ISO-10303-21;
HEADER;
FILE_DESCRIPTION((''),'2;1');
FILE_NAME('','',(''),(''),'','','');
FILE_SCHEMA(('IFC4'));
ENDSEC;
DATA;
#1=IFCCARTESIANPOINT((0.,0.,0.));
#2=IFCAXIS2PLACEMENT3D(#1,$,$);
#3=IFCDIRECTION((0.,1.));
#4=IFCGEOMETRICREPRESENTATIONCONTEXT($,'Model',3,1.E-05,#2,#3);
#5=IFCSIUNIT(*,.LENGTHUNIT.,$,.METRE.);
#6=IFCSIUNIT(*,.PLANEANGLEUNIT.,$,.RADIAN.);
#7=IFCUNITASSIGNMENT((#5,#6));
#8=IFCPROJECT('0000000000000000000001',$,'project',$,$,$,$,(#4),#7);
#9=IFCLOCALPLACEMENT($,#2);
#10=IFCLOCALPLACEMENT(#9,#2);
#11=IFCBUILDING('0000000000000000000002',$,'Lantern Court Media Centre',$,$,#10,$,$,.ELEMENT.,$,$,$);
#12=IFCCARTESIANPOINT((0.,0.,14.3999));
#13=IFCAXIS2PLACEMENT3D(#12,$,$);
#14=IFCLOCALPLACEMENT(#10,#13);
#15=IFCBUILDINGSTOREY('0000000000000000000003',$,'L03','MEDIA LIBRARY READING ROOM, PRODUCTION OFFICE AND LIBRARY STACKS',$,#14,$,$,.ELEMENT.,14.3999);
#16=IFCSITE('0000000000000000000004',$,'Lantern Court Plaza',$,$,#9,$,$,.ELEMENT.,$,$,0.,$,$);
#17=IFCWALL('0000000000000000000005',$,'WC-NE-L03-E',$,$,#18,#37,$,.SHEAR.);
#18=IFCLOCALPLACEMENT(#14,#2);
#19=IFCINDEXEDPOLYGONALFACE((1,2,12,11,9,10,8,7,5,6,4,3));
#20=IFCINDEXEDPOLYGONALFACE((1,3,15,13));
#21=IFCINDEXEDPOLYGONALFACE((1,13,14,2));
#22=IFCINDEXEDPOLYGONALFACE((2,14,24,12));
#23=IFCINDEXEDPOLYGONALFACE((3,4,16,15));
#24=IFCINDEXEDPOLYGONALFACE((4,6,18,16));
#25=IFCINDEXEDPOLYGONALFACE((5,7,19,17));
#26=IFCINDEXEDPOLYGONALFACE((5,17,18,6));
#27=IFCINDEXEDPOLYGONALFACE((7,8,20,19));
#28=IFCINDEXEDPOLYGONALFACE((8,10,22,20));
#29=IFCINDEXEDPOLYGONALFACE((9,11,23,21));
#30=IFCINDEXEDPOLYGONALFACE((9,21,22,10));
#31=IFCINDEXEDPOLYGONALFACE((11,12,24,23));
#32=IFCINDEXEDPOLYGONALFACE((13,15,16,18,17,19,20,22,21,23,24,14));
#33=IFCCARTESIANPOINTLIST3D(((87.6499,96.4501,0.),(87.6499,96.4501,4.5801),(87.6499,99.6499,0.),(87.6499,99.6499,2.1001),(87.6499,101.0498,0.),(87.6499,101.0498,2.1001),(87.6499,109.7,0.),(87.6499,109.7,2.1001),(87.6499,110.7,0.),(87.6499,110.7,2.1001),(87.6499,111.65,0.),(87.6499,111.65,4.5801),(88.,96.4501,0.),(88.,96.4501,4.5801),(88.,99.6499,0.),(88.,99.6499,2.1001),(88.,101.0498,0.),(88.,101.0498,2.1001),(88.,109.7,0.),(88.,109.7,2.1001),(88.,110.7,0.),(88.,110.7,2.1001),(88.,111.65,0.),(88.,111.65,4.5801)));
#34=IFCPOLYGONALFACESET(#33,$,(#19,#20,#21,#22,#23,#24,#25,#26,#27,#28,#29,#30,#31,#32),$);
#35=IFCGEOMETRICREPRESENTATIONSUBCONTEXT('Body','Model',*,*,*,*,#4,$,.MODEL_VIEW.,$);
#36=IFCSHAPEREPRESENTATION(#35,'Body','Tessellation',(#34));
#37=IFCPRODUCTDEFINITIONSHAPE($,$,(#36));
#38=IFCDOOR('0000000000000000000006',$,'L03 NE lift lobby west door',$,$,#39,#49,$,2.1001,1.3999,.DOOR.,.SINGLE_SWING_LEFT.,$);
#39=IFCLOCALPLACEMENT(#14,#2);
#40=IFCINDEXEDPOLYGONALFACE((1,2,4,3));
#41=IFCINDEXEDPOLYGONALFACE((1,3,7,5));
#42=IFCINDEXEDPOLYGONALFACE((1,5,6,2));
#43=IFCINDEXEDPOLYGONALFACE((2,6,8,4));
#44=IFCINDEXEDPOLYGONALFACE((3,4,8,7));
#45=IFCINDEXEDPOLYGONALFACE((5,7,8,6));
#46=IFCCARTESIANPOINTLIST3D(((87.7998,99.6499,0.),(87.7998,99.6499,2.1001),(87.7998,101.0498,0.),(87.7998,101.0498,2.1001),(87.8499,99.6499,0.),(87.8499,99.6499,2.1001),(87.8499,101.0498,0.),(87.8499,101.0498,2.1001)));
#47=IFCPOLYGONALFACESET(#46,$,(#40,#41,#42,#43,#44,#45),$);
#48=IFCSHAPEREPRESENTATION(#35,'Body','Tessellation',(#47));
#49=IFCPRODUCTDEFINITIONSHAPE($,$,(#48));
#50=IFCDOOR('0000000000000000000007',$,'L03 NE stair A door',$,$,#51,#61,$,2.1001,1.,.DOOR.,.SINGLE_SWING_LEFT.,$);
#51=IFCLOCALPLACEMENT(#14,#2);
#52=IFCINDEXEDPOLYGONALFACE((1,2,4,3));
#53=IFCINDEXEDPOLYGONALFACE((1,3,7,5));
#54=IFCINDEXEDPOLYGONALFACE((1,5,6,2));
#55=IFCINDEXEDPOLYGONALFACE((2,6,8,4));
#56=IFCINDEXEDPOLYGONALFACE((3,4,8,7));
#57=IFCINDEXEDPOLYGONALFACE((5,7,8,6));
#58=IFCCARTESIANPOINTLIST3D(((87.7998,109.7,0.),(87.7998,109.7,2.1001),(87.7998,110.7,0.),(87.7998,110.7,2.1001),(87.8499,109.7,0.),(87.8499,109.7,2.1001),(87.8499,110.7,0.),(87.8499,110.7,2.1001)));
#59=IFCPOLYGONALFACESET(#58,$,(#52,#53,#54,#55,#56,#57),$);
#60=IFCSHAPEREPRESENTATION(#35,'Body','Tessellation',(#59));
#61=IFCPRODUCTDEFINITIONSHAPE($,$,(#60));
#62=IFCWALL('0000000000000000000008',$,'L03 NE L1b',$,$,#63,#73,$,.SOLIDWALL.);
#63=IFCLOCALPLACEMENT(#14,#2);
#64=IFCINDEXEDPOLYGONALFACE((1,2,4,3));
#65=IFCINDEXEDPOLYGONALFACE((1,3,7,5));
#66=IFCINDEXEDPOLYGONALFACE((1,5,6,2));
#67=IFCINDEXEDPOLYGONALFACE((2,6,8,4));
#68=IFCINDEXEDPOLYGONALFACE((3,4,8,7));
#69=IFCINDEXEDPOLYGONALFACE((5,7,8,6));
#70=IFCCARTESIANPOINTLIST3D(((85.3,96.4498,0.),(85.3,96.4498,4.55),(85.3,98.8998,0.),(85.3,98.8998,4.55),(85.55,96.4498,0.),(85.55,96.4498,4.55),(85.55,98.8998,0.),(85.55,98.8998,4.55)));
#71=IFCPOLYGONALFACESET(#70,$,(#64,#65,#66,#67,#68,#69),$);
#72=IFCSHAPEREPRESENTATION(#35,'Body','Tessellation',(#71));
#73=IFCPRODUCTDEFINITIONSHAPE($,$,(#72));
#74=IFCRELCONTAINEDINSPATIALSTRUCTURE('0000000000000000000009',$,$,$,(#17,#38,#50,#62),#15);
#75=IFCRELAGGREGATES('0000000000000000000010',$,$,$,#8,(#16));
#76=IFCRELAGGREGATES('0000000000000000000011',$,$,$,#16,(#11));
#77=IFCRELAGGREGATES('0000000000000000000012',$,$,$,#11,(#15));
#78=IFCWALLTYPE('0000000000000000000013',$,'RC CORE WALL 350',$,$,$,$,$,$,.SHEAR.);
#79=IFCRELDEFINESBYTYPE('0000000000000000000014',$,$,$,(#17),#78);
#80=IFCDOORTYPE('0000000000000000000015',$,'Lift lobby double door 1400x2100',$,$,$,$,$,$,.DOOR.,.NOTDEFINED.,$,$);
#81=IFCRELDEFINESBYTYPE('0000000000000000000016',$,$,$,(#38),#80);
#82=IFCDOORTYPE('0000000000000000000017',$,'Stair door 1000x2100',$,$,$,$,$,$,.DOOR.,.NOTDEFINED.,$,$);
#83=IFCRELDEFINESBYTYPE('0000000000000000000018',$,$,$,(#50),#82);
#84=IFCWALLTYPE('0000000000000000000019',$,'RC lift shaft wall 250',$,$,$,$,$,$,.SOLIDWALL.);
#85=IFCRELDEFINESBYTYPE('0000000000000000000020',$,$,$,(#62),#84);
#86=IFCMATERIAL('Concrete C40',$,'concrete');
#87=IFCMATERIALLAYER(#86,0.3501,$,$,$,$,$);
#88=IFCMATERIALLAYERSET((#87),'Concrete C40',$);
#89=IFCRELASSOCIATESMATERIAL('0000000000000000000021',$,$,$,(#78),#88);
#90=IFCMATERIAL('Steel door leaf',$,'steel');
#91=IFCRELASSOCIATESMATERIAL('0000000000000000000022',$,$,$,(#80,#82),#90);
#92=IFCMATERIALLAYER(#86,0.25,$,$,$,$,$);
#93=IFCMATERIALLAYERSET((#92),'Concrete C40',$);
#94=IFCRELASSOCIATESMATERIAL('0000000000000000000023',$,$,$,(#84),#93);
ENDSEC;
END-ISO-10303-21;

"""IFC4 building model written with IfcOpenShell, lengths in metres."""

from ifc_helpers import new_model, si_unit, direction, frame, frame_2d, origin, place, context, subcontext, project, spatial, rectangle, extrude, material, layer, layer_set, type_object, element, fill, save


model = new_model("IFC4")

# Units and contexts
model_context = context("Model", 3, precision=1e-05, world=origin(), true_north=direction((0.0, 1.0)))
body_context = subcontext(model_context, "Body", "Model", "MODEL_VIEW")
ifc_project = project(units=[si_unit("LENGTHUNIT", "METRE"), si_unit("PLANEANGLEUNIT", "RADIAN")], contexts=[model_context])

# Site, building, storey
site_placement = place(None, origin())
site = spatial("IfcSite", under=ifc_project, at=site_placement, Name="Lantern Court Plaza", CompositionType="ELEMENT", RefElevation=0.0)
building_placement = place(site_placement, origin())
building = spatial("IfcBuilding", under=site, at=building_placement, Name="Lantern Court Media Centre", CompositionType="ELEMENT")
storey_placement = place(building_placement, frame((0.0, 0.0, 14.3999)))
storey = spatial("IfcBuildingStorey", under=building, at=storey_placement, Name="L03", Description="MEDIA LIBRARY READING ROOM, PRODUCTION OFFICE AND LIBRARY STACKS", CompositionType="ELEMENT", Elevation=14.3999)

# Shared definitions
ifc_material_1 = material(Name="Concrete C40", Category="concrete")
ifc_material_2 = material(Name="Steel door leaf", Category="steel")

# Wall, openings, doors
ifc_layer_1 = layer(ifc_material_1, 0.3501)
ifc_layer_set_1 = layer_set([ifc_layer_1], Name="Concrete C40")
wall_type_1 = type_object("IfcWallType", Name="RC CORE WALL 350", PredefinedType="SHEAR", material=ifc_layer_set_1)
wall_1_placement = place(storey_placement, frame((87.825, 96.45, 0.0), z_axis=(0.0, 0.0, 1.0), x_axis=(0.0, 1.0, 0.0)))
wall_1 = element("IfcWall", 1, at=wall_1_placement, inside=storey, type_object=wall_type_1, Name="WC-NE-L03-E", PredefinedType="SHEAR", context=body_context, shape_type="SweptSolid", body=[
    extrude(rectangle(XDim=15.2, YDim=0.3501, at=frame_2d((7.6001, 0.0))), origin(), (0.0, 0.0, 1.0), 4.5801),
])
opening_1_placement = place(wall_1_placement, frame((13.25, 0.0, 0.0)))
opening_1 = element("IfcOpeningElement", 2, at=opening_1_placement, cuts=wall_1, PredefinedType="OPENING", context=body_context, shape_type="SweptSolid", body=[
    extrude(rectangle(XDim=1.0, YDim=2.1001, at=frame_2d((0.5, 1.05))), frame((0.0, 0.1851, 0.0), z_axis=(0.0, -1.0, 0.0), x_axis=(1.0, 0.0, 0.0)), (0.0, 0.0, 1.0), 0.3701),
])
opening_2_placement = place(wall_1_placement, frame((3.2, 0.0, 0.0)))
opening_2 = element("IfcOpeningElement", 3, at=opening_2_placement, cuts=wall_1, PredefinedType="OPENING", context=body_context, shape_type="SweptSolid", body=[
    extrude(rectangle(XDim=1.3999, YDim=2.1001, at=frame_2d((0.7, 1.05))), frame((0.0, 0.1851, 0.0), z_axis=(0.0, -1.0, 0.0), x_axis=(1.0, 0.0, 0.0)), (0.0, 0.0, 1.0), 0.3701),
])
door_type_1 = type_object("IfcDoorType", Name="Lift lobby double door 1400x2100", OperationType="NOTDEFINED", PredefinedType="DOOR", material=ifc_material_2)
door_1_placement = place(opening_2_placement, frame((1.3999, 0.0, 0.0), z_axis=(0.0, 0.0, 1.0), x_axis=(-1.0, 0.0, 0.0)))
door_1 = element("IfcDoor", 4, at=door_1_placement, inside=storey, type_object=door_type_1, Name="L03 NE lift lobby west door", OperationType="SINGLE_SWING_LEFT", OverallHeight=2.1001, OverallWidth=1.3999, PredefinedType="DOOR", context=body_context, shape_type="SweptSolid", body=[
    extrude(rectangle(XDim=1.3999, YDim=2.1001, at=frame_2d((0.7, 1.05))), frame((0.0, 0.0249, 0.0), z_axis=(0.0, -1.0, 0.0), x_axis=(1.0, 0.0, 0.0)), (0.0, 0.0, 1.0), 0.05),
])
fill(opening_2, door_1)
door_type_2 = type_object("IfcDoorType", Name="Stair door 1000x2100", OperationType="NOTDEFINED", PredefinedType="DOOR", material=ifc_material_2)
door_2_placement = place(opening_1_placement, frame((1.0, 0.0, 0.0), z_axis=(0.0, 0.0, 1.0), x_axis=(-1.0, 0.0, 0.0)))
door_2 = element("IfcDoor", 5, at=door_2_placement, inside=storey, type_object=door_type_2, Name="L03 NE stair A door", OperationType="SINGLE_SWING_LEFT", OverallHeight=2.1001, OverallWidth=1.0, PredefinedType="DOOR", context=body_context, shape_type="SweptSolid", body=[
    extrude(rectangle(XDim=1.0, YDim=2.1001, at=frame_2d((0.5, 1.05))), frame((0.0, 0.0249, 0.0), z_axis=(0.0, -1.0, 0.0), x_axis=(1.0, 0.0, 0.0)), (0.0, 0.0, 1.0), 0.05),
])
fill(opening_1, door_2)

# Wall
ifc_layer_2 = layer(ifc_material_1, 0.25)
ifc_layer_set_2 = layer_set([ifc_layer_2], Name="Concrete C40")
wall_type_2 = type_object("IfcWallType", Name="RC lift shaft wall 250", PredefinedType="SOLIDWALL", material=ifc_layer_set_2)
wall_2_placement = place(storey_placement, frame((85.425, 98.8999, 0.0), z_axis=(0.0, 0.0, 1.0), x_axis=(0.0, -1.0, 0.0)))
element("IfcWall", 6, at=wall_2_placement, inside=storey, type_object=wall_type_2, Name="L03 NE L1b", PredefinedType="SOLIDWALL", context=body_context, shape_type="SweptSolid", body=[
    extrude(rectangle(XDim=2.45, YDim=0.25, at=frame_2d((1.2251, 0.0))), origin(), (0.0, 0.0, 1.0), 4.55),
])

save(model, "model.ifc")
